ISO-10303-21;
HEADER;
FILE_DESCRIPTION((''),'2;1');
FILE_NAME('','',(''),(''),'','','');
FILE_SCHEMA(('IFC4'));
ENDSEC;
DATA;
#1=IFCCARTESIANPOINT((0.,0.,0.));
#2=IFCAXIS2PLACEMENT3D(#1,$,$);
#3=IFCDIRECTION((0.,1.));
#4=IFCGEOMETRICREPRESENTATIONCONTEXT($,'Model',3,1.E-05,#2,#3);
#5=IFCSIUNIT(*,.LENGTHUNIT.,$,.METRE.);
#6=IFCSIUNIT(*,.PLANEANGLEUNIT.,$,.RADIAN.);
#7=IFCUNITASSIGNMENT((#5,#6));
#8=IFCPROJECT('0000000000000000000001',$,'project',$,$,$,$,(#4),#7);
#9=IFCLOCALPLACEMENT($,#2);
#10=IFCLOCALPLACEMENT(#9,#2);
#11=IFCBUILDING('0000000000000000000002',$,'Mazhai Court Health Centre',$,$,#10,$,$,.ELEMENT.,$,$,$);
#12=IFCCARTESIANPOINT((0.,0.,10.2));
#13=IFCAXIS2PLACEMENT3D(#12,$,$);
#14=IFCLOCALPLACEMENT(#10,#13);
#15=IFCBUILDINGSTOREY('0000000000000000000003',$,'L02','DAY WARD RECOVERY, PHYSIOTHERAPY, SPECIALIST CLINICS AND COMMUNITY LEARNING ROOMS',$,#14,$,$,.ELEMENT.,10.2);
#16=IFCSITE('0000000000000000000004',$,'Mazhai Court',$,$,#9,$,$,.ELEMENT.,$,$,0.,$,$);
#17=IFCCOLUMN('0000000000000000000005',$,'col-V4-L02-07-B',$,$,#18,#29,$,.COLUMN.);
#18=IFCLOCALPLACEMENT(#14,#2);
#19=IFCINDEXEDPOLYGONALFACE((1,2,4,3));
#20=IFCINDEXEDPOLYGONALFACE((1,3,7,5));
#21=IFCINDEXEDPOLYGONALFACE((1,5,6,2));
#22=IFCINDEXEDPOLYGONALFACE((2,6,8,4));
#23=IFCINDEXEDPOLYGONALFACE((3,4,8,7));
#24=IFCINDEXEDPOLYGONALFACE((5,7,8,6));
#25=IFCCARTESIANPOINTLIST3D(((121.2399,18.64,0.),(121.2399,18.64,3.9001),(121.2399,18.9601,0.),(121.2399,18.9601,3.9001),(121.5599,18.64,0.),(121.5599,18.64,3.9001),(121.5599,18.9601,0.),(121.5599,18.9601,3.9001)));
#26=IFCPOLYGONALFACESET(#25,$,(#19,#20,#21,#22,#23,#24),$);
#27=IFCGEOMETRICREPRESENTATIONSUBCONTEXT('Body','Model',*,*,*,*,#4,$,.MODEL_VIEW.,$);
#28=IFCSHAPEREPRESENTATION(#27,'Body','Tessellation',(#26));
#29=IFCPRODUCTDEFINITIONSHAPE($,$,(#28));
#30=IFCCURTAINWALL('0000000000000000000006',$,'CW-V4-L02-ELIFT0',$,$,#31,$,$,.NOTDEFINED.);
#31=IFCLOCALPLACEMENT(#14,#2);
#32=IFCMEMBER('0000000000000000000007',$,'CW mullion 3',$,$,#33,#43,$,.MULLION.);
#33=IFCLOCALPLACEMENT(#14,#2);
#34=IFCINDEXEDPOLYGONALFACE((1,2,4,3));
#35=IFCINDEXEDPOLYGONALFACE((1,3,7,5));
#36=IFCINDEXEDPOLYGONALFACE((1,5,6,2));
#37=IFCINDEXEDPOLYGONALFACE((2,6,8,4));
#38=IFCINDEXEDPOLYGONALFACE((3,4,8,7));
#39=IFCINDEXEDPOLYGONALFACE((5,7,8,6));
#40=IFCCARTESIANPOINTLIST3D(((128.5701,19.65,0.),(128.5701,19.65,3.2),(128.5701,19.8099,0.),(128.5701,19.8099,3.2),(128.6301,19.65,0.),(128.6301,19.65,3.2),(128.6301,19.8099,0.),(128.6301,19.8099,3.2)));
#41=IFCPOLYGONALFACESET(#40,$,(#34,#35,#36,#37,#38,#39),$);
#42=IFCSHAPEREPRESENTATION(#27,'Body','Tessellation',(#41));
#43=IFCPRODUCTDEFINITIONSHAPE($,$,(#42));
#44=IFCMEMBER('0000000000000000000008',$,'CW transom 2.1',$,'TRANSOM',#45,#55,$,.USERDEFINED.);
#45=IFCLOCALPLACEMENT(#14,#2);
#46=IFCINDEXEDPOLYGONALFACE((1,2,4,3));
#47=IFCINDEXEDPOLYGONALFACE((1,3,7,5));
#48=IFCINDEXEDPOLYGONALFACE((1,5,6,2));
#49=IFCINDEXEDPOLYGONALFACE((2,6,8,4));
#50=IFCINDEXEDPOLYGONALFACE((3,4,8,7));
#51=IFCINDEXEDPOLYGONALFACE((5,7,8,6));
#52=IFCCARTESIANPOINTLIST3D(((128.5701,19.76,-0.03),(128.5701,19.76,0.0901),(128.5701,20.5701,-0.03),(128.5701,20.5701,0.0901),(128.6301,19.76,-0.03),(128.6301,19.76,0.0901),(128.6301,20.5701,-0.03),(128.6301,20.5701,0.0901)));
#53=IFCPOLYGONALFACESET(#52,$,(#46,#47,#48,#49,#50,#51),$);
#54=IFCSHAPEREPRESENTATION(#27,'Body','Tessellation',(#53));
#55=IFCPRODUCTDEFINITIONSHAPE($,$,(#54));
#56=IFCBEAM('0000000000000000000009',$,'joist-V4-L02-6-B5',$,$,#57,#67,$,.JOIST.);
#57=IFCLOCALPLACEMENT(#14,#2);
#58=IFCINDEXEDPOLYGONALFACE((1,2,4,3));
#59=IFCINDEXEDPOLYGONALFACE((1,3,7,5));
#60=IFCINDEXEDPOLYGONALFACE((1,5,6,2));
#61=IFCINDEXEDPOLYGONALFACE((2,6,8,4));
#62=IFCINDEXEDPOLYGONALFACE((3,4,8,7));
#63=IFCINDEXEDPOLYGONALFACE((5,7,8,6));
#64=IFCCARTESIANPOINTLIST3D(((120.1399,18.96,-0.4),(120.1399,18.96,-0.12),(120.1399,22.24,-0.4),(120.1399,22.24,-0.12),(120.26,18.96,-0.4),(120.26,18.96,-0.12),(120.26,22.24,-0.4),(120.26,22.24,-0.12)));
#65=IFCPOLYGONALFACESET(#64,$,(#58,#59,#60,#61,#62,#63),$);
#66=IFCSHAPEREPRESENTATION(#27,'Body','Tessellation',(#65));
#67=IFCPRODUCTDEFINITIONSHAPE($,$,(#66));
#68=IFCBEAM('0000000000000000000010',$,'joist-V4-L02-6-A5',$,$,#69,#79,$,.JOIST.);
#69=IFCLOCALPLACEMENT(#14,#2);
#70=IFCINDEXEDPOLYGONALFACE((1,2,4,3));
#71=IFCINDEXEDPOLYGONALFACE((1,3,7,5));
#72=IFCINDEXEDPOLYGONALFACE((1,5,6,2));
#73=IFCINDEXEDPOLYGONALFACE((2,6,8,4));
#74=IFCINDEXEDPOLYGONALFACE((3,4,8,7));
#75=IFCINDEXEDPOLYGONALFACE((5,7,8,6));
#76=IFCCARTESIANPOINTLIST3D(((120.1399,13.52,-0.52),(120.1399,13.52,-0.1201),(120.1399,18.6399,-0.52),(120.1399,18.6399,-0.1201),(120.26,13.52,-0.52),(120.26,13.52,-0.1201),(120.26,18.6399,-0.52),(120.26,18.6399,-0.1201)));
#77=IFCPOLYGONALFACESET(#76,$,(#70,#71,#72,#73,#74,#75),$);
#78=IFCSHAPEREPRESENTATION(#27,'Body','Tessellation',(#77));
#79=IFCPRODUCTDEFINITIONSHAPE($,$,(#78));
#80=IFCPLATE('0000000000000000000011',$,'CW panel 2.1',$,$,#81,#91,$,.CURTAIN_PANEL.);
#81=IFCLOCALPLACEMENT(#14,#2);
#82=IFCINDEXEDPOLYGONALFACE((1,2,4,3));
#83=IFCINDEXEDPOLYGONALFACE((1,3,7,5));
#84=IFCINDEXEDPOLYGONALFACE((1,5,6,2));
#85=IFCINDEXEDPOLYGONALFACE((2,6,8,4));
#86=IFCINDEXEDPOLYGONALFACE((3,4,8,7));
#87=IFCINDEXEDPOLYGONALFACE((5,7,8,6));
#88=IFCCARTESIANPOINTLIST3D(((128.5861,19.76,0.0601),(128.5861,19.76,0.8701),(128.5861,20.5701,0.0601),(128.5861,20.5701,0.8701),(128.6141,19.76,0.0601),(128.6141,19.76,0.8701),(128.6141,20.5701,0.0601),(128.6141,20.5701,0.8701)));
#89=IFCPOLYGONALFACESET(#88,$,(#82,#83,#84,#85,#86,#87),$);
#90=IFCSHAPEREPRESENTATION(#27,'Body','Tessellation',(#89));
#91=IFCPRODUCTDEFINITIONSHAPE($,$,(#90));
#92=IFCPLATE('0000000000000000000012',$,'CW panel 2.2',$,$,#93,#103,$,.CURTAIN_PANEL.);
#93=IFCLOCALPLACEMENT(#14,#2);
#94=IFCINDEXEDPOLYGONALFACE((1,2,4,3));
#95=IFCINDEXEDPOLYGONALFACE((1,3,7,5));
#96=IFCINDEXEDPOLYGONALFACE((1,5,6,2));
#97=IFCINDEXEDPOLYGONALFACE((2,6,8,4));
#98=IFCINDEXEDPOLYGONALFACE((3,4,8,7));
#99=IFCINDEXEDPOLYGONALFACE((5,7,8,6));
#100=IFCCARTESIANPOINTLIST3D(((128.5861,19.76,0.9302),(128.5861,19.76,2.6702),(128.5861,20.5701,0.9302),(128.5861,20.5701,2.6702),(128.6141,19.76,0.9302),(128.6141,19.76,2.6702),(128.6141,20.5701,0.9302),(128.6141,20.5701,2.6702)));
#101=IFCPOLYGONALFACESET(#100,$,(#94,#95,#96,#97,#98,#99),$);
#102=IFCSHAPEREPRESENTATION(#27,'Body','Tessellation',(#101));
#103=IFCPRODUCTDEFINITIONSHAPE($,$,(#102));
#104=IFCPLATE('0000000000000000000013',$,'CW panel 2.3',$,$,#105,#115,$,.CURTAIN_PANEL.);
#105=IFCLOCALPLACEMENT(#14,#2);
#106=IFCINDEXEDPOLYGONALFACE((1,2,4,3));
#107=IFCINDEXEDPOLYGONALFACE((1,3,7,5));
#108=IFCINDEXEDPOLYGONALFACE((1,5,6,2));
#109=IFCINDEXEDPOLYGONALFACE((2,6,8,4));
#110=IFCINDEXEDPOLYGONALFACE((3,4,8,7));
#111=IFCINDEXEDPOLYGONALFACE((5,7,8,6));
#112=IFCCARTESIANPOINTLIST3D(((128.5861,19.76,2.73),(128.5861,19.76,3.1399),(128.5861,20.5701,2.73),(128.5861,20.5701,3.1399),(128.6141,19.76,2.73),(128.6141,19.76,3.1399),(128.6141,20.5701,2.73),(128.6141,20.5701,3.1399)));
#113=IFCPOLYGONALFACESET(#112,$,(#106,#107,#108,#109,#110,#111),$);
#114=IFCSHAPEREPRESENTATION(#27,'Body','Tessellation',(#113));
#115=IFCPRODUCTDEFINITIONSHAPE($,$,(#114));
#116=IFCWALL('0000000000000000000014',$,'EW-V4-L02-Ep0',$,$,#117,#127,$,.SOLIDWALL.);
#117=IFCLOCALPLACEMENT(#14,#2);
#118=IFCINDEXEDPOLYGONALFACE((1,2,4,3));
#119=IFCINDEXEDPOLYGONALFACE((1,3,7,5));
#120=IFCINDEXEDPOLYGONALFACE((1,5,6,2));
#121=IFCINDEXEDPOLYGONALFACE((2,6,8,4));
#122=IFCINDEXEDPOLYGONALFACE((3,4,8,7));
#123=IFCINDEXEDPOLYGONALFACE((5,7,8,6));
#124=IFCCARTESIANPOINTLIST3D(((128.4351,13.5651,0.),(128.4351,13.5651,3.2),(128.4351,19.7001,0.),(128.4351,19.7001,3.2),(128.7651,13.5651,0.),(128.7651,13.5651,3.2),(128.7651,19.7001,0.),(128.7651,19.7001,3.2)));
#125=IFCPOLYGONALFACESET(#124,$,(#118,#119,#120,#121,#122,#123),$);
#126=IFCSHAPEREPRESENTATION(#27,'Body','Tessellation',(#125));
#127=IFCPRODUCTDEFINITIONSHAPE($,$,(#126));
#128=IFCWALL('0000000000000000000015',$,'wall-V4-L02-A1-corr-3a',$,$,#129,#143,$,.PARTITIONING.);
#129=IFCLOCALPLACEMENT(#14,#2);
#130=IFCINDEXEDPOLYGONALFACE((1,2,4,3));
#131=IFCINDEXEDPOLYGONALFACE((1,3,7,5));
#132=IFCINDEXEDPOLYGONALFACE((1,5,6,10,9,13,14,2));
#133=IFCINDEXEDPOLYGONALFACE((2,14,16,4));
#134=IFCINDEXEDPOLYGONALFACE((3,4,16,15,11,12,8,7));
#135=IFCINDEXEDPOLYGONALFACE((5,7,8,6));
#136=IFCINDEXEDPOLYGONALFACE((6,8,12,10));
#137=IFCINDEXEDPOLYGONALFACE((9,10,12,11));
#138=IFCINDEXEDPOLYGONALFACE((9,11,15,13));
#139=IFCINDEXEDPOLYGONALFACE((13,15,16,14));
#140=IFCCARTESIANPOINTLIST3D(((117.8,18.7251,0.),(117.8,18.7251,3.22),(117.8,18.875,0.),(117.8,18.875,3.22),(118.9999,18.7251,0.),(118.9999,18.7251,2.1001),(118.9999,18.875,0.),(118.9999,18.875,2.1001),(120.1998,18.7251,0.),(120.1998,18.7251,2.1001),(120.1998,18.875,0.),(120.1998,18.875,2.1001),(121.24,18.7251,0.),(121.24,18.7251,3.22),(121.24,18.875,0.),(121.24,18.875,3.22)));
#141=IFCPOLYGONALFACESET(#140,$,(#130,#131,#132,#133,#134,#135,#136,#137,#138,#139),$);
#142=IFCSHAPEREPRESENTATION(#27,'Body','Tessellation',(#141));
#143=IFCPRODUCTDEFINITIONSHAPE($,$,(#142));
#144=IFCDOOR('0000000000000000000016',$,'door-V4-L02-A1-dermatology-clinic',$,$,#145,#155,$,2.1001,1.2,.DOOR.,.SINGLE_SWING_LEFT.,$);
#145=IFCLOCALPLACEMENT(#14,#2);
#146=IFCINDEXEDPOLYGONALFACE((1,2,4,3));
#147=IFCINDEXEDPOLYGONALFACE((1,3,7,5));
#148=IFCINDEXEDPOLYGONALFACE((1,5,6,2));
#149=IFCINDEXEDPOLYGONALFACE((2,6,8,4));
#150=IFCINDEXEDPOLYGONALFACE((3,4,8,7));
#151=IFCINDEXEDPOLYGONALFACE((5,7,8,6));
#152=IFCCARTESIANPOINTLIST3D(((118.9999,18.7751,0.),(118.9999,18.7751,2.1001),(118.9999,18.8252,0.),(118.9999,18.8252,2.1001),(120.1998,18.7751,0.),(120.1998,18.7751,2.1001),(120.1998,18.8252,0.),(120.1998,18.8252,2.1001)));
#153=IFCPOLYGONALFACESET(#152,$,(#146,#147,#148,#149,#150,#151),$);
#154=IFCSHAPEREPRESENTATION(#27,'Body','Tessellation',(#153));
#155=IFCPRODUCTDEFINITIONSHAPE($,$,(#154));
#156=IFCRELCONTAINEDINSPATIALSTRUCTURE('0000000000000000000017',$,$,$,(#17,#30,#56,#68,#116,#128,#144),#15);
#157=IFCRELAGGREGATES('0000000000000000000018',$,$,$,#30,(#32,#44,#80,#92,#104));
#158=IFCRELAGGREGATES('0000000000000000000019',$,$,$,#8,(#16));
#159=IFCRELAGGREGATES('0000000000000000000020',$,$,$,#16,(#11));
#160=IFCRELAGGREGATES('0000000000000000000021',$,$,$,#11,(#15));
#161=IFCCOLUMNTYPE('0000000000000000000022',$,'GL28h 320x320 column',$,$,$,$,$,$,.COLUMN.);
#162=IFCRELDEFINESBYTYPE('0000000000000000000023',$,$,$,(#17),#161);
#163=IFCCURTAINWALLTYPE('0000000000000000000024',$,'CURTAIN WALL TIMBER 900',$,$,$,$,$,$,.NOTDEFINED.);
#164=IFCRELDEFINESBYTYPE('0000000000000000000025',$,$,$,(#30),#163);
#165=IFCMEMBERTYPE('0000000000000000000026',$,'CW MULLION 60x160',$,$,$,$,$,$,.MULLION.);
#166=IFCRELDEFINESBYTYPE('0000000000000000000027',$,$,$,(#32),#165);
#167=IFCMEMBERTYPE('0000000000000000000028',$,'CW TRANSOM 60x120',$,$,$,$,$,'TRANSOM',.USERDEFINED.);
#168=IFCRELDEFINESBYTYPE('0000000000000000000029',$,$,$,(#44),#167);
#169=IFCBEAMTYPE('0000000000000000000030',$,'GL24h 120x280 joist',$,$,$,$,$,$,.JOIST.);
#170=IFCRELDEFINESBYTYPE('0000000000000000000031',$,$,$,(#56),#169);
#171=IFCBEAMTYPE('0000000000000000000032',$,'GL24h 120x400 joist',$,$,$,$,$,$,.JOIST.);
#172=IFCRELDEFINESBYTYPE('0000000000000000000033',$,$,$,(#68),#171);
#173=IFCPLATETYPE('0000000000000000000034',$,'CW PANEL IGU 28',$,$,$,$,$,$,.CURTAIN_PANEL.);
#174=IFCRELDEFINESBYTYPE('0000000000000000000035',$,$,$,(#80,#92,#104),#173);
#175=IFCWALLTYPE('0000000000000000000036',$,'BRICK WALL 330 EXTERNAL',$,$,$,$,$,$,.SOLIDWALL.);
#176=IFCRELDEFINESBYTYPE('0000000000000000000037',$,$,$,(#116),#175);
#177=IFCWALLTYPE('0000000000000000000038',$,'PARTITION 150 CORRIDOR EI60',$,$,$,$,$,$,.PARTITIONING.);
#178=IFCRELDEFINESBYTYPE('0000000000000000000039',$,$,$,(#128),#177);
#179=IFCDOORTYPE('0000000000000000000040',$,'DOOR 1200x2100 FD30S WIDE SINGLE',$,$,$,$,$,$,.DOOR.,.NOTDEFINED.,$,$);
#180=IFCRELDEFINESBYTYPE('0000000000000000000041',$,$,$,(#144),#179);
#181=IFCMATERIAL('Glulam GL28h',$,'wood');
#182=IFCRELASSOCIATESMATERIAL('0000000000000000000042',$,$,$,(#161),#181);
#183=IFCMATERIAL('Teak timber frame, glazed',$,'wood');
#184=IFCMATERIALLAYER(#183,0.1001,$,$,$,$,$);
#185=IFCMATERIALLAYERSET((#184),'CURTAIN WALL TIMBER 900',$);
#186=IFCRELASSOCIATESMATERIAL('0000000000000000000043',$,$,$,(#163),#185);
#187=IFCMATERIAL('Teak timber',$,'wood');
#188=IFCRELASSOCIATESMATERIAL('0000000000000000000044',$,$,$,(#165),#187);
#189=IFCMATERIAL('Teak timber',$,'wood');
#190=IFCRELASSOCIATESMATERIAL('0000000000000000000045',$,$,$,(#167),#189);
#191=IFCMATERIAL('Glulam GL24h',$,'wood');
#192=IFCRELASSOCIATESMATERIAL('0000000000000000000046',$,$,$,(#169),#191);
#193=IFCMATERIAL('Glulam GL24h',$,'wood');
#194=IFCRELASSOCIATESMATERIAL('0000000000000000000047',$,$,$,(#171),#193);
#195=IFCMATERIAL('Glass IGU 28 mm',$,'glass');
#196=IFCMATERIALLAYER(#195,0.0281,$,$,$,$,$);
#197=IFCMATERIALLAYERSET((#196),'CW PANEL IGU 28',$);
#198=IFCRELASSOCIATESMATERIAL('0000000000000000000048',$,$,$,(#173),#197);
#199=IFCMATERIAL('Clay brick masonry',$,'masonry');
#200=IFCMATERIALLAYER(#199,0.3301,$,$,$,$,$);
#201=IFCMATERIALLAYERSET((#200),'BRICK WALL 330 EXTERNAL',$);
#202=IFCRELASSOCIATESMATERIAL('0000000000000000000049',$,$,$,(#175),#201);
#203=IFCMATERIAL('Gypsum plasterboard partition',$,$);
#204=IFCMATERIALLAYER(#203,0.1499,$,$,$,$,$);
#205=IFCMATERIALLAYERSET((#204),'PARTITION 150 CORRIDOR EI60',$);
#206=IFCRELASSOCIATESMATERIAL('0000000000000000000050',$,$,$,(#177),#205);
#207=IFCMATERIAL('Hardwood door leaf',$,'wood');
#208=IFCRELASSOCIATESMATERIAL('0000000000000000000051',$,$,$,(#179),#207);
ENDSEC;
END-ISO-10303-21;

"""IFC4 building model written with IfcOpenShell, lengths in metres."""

from ifc_helpers import new_model, si_unit, direction, frame, frame_2d, origin, origin_2d, place, context, subcontext, project, spatial, rectangle, extrude, material, layer, layer_set, material_profile, profile_set, type_object, element, fill, aggregate, save


model = new_model("IFC4")

# Units and contexts
model_context = context("Model", 3, precision=1e-05, world=origin(), true_north=direction((0.0, 1.0)))
body_context = subcontext(model_context, "Body", "Model", "MODEL_VIEW")
ifc_project = project(units=[si_unit("LENGTHUNIT", "METRE"), si_unit("PLANEANGLEUNIT", "RADIAN")], contexts=[model_context])

# Site, building, storey
site_placement = place(None, origin())
site = spatial("IfcSite", under=ifc_project, at=site_placement, Name="Mazhai Court", CompositionType="ELEMENT", RefElevation=0.0)
building_placement = place(site_placement, origin())
building = spatial("IfcBuilding", under=site, at=building_placement, Name="Mazhai Court Health Centre", CompositionType="ELEMENT")
storey_placement = place(building_placement, frame((0.0, 0.0, 10.2)))
storey = spatial("IfcBuildingStorey", under=building, at=storey_placement, Name="L02", Description="DAY WARD RECOVERY, PHYSIOTHERAPY, SPECIALIST CLINICS AND COMMUNITY LEARNING ROOMS", CompositionType="ELEMENT", Elevation=10.2)

# Column
ifc_material_1 = material(Name="Glulam GL28h", Category="wood")
ifc_material_profile_1 = material_profile(ifc_material_1, rectangle(XDim=0.3201, YDim=0.3201, at=origin_2d()), Name="GL28h 320x320")
ifc_profile_set_1 = profile_set([ifc_material_profile_1], Name="Glulam GL28h")
column_type = type_object("IfcColumnType", Name="GL28h 320x320 column", PredefinedType="COLUMN", material=ifc_profile_set_1)
column_placement = place(storey_placement, frame((121.3999, 18.8, 0.0), z_axis=(0.0, 0.0, 1.0), x_axis=(1.0, 0.0, 0.0)))
element("IfcColumn", 1, at=column_placement, inside=storey, type_object=column_type, Name="col-V4-L02-07-B", PredefinedType="COLUMN", context=body_context, shape_type="SweptSolid", body=[
    extrude(rectangle(XDim=0.3201, YDim=0.3201, at=origin_2d()), origin(), (0.0, 0.0, 1.0), 3.9001),
])

# Curtain wall, members
ifc_material_2 = material(Name="Teak timber frame, glazed", Category="wood")
ifc_layer_1 = layer(ifc_material_2, 0.1001)
ifc_layer_set_1 = layer_set([ifc_layer_1], Name="CURTAIN WALL TIMBER 900")
curtain_wall_type = type_object("IfcCurtainWallType", Name="CURTAIN WALL TIMBER 900", PredefinedType="NOTDEFINED", material=ifc_layer_set_1)
curtain_wall_placement = place(storey_placement, origin())
curtain_wall = element("IfcCurtainWall", 2, at=curtain_wall_placement, inside=storey, type_object=curtain_wall_type, Name="CW-V4-L02-ELIFT0", PredefinedType="NOTDEFINED")
ifc_material_3 = material(Name="Teak timber", Category="wood")
ifc_material_profile_2 = material_profile(ifc_material_3, rectangle(XDim=0.0601, YDim=0.1599, at=origin_2d()), Name="CW MULLION 60x160")
ifc_profile_set_2 = profile_set([ifc_material_profile_2], Name="Teak timber")
member_type_1 = type_object("IfcMemberType", Name="CW MULLION 60x160", PredefinedType="MULLION", material=ifc_profile_set_2)
member_1_placement = place(storey_placement, frame((128.6001, 19.73, 0.0), z_axis=(0.0, 0.0, 1.0), x_axis=(1.0, 0.0, 0.0)))
member_1 = element("IfcMember", 3, at=member_1_placement, type_object=member_type_1, Name="CW mullion 3", PredefinedType="MULLION", context=body_context, shape_type="SweptSolid", body=[
    extrude(rectangle(XDim=0.0601, YDim=0.1599, at=origin_2d()), origin(), (0.0, 0.0, 1.0), 3.2),
])
ifc_material_4 = material(Name="Teak timber", Category="wood")
ifc_material_profile_3 = material_profile(ifc_material_4, rectangle(XDim=0.0601, YDim=0.1201, at=origin_2d()), Name="CW TRANSOM 60x120")
ifc_profile_set_3 = profile_set([ifc_material_profile_3], Name="Teak timber")
member_type_2 = type_object("IfcMemberType", Name="CW TRANSOM 60x120", ElementType="TRANSOM", PredefinedType="USERDEFINED", material=ifc_profile_set_3)
member_2_placement = place(storey_placement, frame((128.6001, 20.5701, 0.03), z_axis=(0.0, -1.0, 0.0), x_axis=(1.0, 0.0, 0.0)))
member_2 = element("IfcMember", 4, at=member_2_placement, type_object=member_type_2, Name="CW transom 2.1", ObjectType="TRANSOM", PredefinedType="USERDEFINED", context=body_context, shape_type="SweptSolid", body=[
    extrude(rectangle(XDim=0.0601, YDim=0.1201, at=origin_2d()), origin(), (0.0, 0.0, 1.0), 0.8101),
])

# Beams
ifc_material_5 = material(Name="Glulam GL24h", Category="wood")
ifc_material_profile_4 = material_profile(ifc_material_5, rectangle(XDim=0.1201, YDim=0.28, at=origin_2d()), Name="GL24h 120x280")
ifc_profile_set_4 = profile_set([ifc_material_profile_4], Name="Glulam GL24h")
beam_type_1 = type_object("IfcBeamType", Name="GL24h 120x280 joist", PredefinedType="JOIST", material=ifc_profile_set_4)
beam_1_placement = place(storey_placement, frame((120.2, 18.96, -0.26), z_axis=(0.0, 1.0, 0.0), x_axis=(-1.0, 0.0, 0.0)))
element("IfcBeam", 5, at=beam_1_placement, inside=storey, type_object=beam_type_1, Name="joist-V4-L02-6-B5", PredefinedType="JOIST", context=body_context, shape_type="SweptSolid", body=[
    extrude(rectangle(XDim=0.1201, YDim=0.28, at=origin_2d()), origin(), (0.0, 0.0, 1.0), 3.28),
])
ifc_material_6 = material(Name="Glulam GL24h", Category="wood")
ifc_material_profile_5 = material_profile(ifc_material_6, rectangle(XDim=0.1201, YDim=0.3999, at=origin_2d()), Name="GL24h 120x400")
ifc_profile_set_5 = profile_set([ifc_material_profile_5], Name="Glulam GL24h")
beam_type_2 = type_object("IfcBeamType", Name="GL24h 120x400 joist", PredefinedType="JOIST", material=ifc_profile_set_5)
beam_2_placement = place(storey_placement, frame((120.2, 13.52, -0.3201), z_axis=(0.0, 1.0, 0.0), x_axis=(-1.0, 0.0, 0.0)))
element("IfcBeam", 6, at=beam_2_placement, inside=storey, type_object=beam_type_2, Name="joist-V4-L02-6-A5", PredefinedType="JOIST", context=body_context, shape_type="SweptSolid", body=[
    extrude(rectangle(XDim=0.1201, YDim=0.3999, at=origin_2d()), origin(), (0.0, 0.0, 1.0), 5.1199),
])

# Plates
ifc_material_7 = material(Name="Glass IGU 28 mm", Category="glass")
ifc_layer_2 = layer(ifc_material_7, 0.0281)
ifc_layer_set_2 = layer_set([ifc_layer_2], Name="CW PANEL IGU 28")
plate_type = type_object("IfcPlateType", Name="CW PANEL IGU 28", PredefinedType="CURTAIN_PANEL", material=ifc_layer_set_2)
plate_1_placement = place(storey_placement, frame((128.6001, 20.165, 0.0601), z_axis=(0.0, 0.0, 1.0), x_axis=(0.0, -1.0, 0.0)))
plate_1 = element("IfcPlate", 7, at=plate_1_placement, type_object=plate_type, Name="CW panel 2.1", PredefinedType="CURTAIN_PANEL", context=body_context, shape_type="SweptSolid", body=[
    extrude(rectangle(XDim=0.8101, YDim=0.0281, at=origin_2d()), origin(), (0.0, 0.0, 1.0), 0.8101),
])
plate_2_placement = place(storey_placement, frame((128.6001, 20.165, 0.9302), z_axis=(0.0, 0.0, 1.0), x_axis=(0.0, -1.0, 0.0)))
plate_2 = element("IfcPlate", 8, at=plate_2_placement, type_object=plate_type, Name="CW panel 2.2", PredefinedType="CURTAIN_PANEL", context=body_context, shape_type="SweptSolid", body=[
    extrude(rectangle(XDim=0.8101, YDim=0.0281, at=origin_2d()), origin(), (0.0, 0.0, 1.0), 1.74),
])
plate_3_placement = place(storey_placement, frame((128.6001, 20.165, 2.73), z_axis=(0.0, 0.0, 1.0), x_axis=(0.0, -1.0, 0.0)))
plate_3 = element("IfcPlate", 9, at=plate_3_placement, type_object=plate_type, Name="CW panel 2.3", PredefinedType="CURTAIN_PANEL", context=body_context, shape_type="SweptSolid", body=[
    extrude(rectangle(XDim=0.8101, YDim=0.0281, at=origin_2d()), origin(), (0.0, 0.0, 1.0), 0.4099),
])
aggregate(curtain_wall, [member_1, member_2, plate_1, plate_2, plate_3])

# Wall
ifc_material_8 = material(Name="Clay brick masonry", Category="masonry")
ifc_layer_3 = layer(ifc_material_8, 0.3301)
ifc_layer_set_3 = layer_set([ifc_layer_3], Name="BRICK WALL 330 EXTERNAL")
wall_type_1 = type_object("IfcWallType", Name="BRICK WALL 330 EXTERNAL", PredefinedType="SOLIDWALL", material=ifc_layer_set_3)
wall_1_placement = place(storey_placement, frame((128.6001, 19.7, 0.0), z_axis=(0.0, 0.0, 1.0), x_axis=(0.0, -1.0, 0.0)))
element("IfcWall", 10, at=wall_1_placement, inside=storey, type_object=wall_type_1, Name="EW-V4-L02-Ep0", PredefinedType="SOLIDWALL", context=body_context, shape_type="SweptSolid", body=[
    extrude(rectangle(XDim=6.135, YDim=0.3301, at=frame_2d((3.0674, 0.0))), origin(), (0.0, 0.0, 1.0), 3.2),
])

# Wall, opening, door
ifc_material_9 = material(Name="Gypsum plasterboard partition")
ifc_layer_4 = layer(ifc_material_9, 0.1499)
ifc_layer_set_4 = layer_set([ifc_layer_4], Name="PARTITION 150 CORRIDOR EI60")
wall_type_2 = type_object("IfcWallType", Name="PARTITION 150 CORRIDOR EI60", PredefinedType="PARTITIONING", material=ifc_layer_set_4)
wall_2_placement = place(storey_placement, frame((121.24, 18.8, 0.0), z_axis=(0.0, 0.0, 1.0), x_axis=(-1.0, 0.0, 0.0)))
wall_2 = element("IfcWall", 11, at=wall_2_placement, inside=storey, type_object=wall_type_2, Name="wall-V4-L02-A1-corr-3a", PredefinedType="PARTITIONING", context=body_context, shape_type="SweptSolid", body=[
    extrude(rectangle(XDim=3.4399, YDim=0.1499, at=frame_2d((1.72, 0.0))), origin(), (0.0, 0.0, 1.0), 3.22),
])
opening_1_placement = place(wall_2_placement, frame((1.04, 0.0, 0.0)))
opening_1 = element("IfcOpeningElement", 12, at=opening_1_placement, cuts=wall_2, PredefinedType="OPENING", context=body_context, shape_type="SweptSolid", body=[
    extrude(rectangle(XDim=1.2, YDim=2.1001, at=frame_2d((0.6001, 1.05))), frame((0.0, 0.085, 0.0), z_axis=(0.0, -1.0, 0.0), x_axis=(1.0, 0.0, 0.0)), (0.0, 0.0, 1.0), 0.1699),
])
ifc_material_10 = material(Name="Hardwood door leaf", Category="wood")
door_type_1 = type_object("IfcDoorType", Name="DOOR 1200x2100 FD30S WIDE SINGLE", OperationType="NOTDEFINED", PredefinedType="DOOR", material=ifc_material_10)
door_1_placement = place(opening_1_placement, origin())
door_1 = element("IfcDoor", 13, at=door_1_placement, inside=storey, type_object=door_type_1, Name="door-V4-L02-A1-dermatology-clinic", OperationType="SINGLE_SWING_LEFT", OverallHeight=2.1001, OverallWidth=1.2, PredefinedType="DOOR", context=body_context, shape_type="SweptSolid", body=[
    extrude(rectangle(XDim=1.2, YDim=2.1001, at=frame_2d((0.6001, 1.05))), frame((0.0, 0.0249, 0.0), z_axis=(0.0, -1.0, 0.0), x_axis=(1.0, 0.0, 0.0)), (0.0, 0.0, 1.0), 0.05),
])
fill(opening_1, door_1)

save(model, "model.ifc")
